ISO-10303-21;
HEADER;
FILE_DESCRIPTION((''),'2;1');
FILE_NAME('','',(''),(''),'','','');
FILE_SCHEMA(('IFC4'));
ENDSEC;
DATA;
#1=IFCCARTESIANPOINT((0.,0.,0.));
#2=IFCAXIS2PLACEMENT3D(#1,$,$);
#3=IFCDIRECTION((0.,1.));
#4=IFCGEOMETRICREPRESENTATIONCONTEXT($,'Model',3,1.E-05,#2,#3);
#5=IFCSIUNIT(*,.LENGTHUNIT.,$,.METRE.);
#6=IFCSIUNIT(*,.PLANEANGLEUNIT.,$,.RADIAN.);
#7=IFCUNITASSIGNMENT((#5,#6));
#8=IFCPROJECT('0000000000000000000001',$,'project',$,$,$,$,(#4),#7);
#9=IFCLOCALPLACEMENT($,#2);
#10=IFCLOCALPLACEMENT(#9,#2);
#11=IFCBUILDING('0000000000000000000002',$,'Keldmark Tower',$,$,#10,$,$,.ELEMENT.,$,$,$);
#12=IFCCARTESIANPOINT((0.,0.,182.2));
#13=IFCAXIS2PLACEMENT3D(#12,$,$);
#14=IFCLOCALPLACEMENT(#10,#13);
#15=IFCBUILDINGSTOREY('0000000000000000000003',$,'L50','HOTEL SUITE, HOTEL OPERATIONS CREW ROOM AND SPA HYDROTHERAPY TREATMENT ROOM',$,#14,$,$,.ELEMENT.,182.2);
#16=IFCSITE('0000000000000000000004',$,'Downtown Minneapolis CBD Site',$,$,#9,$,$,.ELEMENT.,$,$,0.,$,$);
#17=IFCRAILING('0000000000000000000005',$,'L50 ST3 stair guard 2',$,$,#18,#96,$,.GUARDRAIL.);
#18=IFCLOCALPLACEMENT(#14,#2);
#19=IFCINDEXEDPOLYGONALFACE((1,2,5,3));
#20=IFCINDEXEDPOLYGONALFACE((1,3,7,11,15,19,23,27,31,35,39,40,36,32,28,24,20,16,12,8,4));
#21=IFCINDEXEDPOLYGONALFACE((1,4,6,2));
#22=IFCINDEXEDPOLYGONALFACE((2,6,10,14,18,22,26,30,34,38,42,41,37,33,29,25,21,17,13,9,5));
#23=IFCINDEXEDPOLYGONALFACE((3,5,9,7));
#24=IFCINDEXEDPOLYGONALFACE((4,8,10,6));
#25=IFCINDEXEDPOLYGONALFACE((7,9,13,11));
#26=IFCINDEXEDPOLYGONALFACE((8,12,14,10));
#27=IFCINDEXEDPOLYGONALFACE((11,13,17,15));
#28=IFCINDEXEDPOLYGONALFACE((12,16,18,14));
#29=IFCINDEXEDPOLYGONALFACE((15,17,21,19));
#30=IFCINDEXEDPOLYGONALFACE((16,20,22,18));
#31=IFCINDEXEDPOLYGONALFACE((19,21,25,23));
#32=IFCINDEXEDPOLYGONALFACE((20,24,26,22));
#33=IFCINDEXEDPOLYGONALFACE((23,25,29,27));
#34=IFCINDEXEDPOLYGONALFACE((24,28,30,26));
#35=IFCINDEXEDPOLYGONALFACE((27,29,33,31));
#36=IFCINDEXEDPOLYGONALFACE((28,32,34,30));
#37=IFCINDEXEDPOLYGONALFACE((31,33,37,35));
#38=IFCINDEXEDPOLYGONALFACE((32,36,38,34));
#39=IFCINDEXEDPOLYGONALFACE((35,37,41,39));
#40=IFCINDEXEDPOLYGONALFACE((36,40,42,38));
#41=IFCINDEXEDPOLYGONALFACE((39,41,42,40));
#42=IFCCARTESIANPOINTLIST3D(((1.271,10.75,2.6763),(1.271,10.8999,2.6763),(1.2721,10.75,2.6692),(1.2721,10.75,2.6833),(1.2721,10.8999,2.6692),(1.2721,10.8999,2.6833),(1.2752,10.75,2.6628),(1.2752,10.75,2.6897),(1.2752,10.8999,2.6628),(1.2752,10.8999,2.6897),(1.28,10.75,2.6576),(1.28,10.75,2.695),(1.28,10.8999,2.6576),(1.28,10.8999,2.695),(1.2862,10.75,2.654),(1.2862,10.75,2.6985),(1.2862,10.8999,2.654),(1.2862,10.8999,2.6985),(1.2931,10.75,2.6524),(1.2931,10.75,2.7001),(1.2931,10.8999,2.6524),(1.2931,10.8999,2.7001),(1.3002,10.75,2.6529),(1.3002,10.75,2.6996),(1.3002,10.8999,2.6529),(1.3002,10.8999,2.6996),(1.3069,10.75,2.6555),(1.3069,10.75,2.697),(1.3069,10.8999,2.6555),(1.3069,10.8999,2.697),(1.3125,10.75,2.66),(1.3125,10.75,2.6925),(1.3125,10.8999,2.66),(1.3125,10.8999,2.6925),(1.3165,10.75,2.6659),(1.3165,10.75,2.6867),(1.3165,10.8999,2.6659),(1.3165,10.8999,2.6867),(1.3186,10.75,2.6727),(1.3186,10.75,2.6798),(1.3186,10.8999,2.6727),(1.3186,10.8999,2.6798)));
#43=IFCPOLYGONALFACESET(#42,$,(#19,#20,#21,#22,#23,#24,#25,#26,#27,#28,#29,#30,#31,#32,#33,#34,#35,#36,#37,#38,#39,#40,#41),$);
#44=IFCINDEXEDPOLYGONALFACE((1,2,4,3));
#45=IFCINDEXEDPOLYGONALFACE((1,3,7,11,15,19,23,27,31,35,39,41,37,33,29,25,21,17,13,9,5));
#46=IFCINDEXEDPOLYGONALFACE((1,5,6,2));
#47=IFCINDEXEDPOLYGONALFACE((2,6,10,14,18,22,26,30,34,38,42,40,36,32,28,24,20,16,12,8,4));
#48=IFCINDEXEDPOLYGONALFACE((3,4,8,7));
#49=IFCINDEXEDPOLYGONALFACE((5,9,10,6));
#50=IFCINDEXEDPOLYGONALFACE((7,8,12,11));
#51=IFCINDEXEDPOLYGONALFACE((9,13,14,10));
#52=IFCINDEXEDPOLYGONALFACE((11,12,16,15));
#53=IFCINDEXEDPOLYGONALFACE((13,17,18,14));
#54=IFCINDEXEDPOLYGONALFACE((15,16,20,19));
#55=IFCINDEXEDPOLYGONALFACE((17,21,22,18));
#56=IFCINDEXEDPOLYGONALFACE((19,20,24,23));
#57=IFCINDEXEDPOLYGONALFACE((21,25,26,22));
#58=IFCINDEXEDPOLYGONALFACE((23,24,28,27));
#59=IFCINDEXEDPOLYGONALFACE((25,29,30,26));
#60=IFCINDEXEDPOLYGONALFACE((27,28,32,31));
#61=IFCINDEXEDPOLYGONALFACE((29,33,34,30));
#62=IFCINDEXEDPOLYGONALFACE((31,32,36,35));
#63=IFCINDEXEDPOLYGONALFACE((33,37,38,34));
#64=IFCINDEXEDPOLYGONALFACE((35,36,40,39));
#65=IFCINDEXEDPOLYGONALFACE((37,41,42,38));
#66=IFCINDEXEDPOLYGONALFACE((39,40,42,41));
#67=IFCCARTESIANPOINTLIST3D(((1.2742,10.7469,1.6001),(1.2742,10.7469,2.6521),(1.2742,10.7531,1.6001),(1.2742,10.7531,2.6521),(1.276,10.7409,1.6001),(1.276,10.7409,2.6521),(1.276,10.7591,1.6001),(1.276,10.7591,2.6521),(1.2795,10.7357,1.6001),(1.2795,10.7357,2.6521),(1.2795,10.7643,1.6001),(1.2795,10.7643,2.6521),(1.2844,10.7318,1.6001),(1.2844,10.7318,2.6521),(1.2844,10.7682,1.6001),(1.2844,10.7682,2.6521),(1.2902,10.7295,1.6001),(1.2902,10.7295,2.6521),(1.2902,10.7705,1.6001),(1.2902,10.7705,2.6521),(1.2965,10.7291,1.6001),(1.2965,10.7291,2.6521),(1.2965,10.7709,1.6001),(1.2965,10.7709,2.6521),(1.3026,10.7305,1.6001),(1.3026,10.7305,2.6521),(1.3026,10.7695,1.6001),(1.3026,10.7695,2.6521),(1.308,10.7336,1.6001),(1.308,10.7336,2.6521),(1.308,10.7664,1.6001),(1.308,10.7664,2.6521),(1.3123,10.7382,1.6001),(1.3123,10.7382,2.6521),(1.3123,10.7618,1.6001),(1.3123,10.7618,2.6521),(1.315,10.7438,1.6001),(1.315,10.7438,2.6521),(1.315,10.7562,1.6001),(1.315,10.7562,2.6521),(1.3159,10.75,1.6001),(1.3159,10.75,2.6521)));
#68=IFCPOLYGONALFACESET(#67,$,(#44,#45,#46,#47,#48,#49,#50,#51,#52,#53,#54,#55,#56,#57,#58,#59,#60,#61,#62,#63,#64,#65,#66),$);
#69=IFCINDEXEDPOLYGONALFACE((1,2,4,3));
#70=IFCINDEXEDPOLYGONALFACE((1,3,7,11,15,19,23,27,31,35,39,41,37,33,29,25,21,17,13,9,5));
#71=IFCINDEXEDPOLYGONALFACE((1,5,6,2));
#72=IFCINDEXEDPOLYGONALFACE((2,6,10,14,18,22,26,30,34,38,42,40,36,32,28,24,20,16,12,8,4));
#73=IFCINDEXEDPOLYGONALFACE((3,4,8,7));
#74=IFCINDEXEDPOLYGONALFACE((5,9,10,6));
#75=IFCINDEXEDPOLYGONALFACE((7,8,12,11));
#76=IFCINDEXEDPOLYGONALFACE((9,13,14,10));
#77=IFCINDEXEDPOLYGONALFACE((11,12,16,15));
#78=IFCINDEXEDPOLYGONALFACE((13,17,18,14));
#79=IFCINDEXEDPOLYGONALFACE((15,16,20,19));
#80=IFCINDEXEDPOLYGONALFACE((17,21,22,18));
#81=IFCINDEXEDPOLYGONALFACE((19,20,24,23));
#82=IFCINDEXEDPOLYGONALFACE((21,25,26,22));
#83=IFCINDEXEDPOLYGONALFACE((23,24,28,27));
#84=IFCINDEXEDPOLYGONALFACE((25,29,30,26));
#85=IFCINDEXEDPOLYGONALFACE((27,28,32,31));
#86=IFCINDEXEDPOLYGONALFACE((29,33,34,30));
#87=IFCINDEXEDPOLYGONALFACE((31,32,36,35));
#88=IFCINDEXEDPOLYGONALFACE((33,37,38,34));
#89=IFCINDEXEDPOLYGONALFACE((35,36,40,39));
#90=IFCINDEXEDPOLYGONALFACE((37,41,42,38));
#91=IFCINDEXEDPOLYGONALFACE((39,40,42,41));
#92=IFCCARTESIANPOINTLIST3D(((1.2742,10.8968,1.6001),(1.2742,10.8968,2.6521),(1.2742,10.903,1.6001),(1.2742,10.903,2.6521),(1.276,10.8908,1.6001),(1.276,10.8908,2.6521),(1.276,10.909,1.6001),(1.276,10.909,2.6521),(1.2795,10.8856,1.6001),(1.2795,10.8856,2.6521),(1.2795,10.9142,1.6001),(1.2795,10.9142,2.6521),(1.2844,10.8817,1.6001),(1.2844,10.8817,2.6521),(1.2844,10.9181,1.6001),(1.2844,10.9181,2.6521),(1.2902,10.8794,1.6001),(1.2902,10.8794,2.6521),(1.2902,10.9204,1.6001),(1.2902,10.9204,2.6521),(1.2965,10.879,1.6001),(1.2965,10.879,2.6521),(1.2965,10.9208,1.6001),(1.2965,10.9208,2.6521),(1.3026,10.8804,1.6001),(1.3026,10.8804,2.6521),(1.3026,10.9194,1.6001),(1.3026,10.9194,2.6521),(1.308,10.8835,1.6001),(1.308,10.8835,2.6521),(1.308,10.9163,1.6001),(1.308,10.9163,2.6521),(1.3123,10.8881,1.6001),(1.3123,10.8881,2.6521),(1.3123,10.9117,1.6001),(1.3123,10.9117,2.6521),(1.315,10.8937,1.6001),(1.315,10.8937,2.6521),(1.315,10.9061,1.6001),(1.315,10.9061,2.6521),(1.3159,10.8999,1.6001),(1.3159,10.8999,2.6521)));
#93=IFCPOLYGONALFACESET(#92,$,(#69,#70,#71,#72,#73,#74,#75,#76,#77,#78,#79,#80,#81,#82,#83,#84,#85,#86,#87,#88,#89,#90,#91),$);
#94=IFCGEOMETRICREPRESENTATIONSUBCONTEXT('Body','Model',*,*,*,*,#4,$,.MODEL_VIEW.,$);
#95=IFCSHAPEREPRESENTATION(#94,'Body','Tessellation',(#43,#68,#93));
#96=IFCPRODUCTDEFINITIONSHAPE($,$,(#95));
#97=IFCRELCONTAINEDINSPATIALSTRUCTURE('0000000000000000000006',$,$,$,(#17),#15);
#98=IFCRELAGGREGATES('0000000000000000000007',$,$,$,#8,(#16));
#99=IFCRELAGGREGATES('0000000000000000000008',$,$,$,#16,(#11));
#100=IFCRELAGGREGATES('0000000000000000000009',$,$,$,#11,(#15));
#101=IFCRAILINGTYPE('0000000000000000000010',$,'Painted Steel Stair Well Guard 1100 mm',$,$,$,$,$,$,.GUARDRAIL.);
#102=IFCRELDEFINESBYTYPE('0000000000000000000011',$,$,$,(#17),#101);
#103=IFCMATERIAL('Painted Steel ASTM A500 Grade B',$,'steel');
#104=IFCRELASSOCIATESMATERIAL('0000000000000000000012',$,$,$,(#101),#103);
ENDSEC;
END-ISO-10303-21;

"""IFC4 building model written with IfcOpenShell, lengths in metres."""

from ifc_helpers import new_model, si_unit, direction, frame, origin, origin_2d, place, context, subcontext, project, spatial, circle, extrude, material, type_object, element, save


model = new_model("IFC4")

# Units and contexts
model_context = context("Model", 3, precision=1e-05, world=origin(), true_north=direction((0.0, 1.0)))
body_context = subcontext(model_context, "Body", "Model", "MODEL_VIEW")
ifc_project = project(units=[si_unit("LENGTHUNIT", "METRE"), si_unit("PLANEANGLEUNIT", "RADIAN")], contexts=[model_context])

# Site, building, storey
site_placement = place(None, origin())
site = spatial("IfcSite", under=ifc_project, at=site_placement, Name="Downtown Minneapolis CBD Site", CompositionType="ELEMENT", RefElevation=0.0)
building_placement = place(site_placement, origin())
building = spatial("IfcBuilding", under=site, at=building_placement, Name="Keldmark Tower", CompositionType="ELEMENT")
storey_placement = place(building_placement, frame((0.0, 0.0, 182.2)))
storey = spatial("IfcBuildingStorey", under=building, at=storey_placement, Name="L50", Description="HOTEL SUITE, HOTEL OPERATIONS CREW ROOM AND SPA HYDROTHERAPY TREATMENT ROOM", CompositionType="ELEMENT", Elevation=182.2)

# Railing
ifc_material_1 = material(Name="Painted Steel ASTM A500 Grade B", Category="steel")
railing_type_1 = type_object("IfcRailingType", Name="Painted Steel Stair Well Guard 1100 mm", PredefinedType="GUARDRAIL", material=ifc_material_1)
railing_1_placement = place(storey_placement, frame((1.2949, 10.75, 1.6001)))
element("IfcRailing", 1, at=railing_1_placement, inside=storey, type_object=railing_type_1, Name="L50 ST3 stair guard 2", PredefinedType="GUARDRAIL", context=body_context, shape_type="SweptSolid", body=[
    extrude(circle(Radius=0.0239, at=origin_2d()), frame((0.0, 0.0, 1.0762), z_axis=(0.0, 1.0, 0.0), x_axis=(-1.0, 0.0, 0.0)), (0.0, 0.0, 1.0), 0.1499),
    extrude(circle(Radius=0.021, at=origin_2d()), origin(), (0.0, 0.0, 1.0), 1.052),
    extrude(circle(Radius=0.021, at=origin_2d()), frame((0.0, 0.1499, 0.0)), (0.0, 0.0, 1.0), 1.052),
])

save(model, "model.ifc")
